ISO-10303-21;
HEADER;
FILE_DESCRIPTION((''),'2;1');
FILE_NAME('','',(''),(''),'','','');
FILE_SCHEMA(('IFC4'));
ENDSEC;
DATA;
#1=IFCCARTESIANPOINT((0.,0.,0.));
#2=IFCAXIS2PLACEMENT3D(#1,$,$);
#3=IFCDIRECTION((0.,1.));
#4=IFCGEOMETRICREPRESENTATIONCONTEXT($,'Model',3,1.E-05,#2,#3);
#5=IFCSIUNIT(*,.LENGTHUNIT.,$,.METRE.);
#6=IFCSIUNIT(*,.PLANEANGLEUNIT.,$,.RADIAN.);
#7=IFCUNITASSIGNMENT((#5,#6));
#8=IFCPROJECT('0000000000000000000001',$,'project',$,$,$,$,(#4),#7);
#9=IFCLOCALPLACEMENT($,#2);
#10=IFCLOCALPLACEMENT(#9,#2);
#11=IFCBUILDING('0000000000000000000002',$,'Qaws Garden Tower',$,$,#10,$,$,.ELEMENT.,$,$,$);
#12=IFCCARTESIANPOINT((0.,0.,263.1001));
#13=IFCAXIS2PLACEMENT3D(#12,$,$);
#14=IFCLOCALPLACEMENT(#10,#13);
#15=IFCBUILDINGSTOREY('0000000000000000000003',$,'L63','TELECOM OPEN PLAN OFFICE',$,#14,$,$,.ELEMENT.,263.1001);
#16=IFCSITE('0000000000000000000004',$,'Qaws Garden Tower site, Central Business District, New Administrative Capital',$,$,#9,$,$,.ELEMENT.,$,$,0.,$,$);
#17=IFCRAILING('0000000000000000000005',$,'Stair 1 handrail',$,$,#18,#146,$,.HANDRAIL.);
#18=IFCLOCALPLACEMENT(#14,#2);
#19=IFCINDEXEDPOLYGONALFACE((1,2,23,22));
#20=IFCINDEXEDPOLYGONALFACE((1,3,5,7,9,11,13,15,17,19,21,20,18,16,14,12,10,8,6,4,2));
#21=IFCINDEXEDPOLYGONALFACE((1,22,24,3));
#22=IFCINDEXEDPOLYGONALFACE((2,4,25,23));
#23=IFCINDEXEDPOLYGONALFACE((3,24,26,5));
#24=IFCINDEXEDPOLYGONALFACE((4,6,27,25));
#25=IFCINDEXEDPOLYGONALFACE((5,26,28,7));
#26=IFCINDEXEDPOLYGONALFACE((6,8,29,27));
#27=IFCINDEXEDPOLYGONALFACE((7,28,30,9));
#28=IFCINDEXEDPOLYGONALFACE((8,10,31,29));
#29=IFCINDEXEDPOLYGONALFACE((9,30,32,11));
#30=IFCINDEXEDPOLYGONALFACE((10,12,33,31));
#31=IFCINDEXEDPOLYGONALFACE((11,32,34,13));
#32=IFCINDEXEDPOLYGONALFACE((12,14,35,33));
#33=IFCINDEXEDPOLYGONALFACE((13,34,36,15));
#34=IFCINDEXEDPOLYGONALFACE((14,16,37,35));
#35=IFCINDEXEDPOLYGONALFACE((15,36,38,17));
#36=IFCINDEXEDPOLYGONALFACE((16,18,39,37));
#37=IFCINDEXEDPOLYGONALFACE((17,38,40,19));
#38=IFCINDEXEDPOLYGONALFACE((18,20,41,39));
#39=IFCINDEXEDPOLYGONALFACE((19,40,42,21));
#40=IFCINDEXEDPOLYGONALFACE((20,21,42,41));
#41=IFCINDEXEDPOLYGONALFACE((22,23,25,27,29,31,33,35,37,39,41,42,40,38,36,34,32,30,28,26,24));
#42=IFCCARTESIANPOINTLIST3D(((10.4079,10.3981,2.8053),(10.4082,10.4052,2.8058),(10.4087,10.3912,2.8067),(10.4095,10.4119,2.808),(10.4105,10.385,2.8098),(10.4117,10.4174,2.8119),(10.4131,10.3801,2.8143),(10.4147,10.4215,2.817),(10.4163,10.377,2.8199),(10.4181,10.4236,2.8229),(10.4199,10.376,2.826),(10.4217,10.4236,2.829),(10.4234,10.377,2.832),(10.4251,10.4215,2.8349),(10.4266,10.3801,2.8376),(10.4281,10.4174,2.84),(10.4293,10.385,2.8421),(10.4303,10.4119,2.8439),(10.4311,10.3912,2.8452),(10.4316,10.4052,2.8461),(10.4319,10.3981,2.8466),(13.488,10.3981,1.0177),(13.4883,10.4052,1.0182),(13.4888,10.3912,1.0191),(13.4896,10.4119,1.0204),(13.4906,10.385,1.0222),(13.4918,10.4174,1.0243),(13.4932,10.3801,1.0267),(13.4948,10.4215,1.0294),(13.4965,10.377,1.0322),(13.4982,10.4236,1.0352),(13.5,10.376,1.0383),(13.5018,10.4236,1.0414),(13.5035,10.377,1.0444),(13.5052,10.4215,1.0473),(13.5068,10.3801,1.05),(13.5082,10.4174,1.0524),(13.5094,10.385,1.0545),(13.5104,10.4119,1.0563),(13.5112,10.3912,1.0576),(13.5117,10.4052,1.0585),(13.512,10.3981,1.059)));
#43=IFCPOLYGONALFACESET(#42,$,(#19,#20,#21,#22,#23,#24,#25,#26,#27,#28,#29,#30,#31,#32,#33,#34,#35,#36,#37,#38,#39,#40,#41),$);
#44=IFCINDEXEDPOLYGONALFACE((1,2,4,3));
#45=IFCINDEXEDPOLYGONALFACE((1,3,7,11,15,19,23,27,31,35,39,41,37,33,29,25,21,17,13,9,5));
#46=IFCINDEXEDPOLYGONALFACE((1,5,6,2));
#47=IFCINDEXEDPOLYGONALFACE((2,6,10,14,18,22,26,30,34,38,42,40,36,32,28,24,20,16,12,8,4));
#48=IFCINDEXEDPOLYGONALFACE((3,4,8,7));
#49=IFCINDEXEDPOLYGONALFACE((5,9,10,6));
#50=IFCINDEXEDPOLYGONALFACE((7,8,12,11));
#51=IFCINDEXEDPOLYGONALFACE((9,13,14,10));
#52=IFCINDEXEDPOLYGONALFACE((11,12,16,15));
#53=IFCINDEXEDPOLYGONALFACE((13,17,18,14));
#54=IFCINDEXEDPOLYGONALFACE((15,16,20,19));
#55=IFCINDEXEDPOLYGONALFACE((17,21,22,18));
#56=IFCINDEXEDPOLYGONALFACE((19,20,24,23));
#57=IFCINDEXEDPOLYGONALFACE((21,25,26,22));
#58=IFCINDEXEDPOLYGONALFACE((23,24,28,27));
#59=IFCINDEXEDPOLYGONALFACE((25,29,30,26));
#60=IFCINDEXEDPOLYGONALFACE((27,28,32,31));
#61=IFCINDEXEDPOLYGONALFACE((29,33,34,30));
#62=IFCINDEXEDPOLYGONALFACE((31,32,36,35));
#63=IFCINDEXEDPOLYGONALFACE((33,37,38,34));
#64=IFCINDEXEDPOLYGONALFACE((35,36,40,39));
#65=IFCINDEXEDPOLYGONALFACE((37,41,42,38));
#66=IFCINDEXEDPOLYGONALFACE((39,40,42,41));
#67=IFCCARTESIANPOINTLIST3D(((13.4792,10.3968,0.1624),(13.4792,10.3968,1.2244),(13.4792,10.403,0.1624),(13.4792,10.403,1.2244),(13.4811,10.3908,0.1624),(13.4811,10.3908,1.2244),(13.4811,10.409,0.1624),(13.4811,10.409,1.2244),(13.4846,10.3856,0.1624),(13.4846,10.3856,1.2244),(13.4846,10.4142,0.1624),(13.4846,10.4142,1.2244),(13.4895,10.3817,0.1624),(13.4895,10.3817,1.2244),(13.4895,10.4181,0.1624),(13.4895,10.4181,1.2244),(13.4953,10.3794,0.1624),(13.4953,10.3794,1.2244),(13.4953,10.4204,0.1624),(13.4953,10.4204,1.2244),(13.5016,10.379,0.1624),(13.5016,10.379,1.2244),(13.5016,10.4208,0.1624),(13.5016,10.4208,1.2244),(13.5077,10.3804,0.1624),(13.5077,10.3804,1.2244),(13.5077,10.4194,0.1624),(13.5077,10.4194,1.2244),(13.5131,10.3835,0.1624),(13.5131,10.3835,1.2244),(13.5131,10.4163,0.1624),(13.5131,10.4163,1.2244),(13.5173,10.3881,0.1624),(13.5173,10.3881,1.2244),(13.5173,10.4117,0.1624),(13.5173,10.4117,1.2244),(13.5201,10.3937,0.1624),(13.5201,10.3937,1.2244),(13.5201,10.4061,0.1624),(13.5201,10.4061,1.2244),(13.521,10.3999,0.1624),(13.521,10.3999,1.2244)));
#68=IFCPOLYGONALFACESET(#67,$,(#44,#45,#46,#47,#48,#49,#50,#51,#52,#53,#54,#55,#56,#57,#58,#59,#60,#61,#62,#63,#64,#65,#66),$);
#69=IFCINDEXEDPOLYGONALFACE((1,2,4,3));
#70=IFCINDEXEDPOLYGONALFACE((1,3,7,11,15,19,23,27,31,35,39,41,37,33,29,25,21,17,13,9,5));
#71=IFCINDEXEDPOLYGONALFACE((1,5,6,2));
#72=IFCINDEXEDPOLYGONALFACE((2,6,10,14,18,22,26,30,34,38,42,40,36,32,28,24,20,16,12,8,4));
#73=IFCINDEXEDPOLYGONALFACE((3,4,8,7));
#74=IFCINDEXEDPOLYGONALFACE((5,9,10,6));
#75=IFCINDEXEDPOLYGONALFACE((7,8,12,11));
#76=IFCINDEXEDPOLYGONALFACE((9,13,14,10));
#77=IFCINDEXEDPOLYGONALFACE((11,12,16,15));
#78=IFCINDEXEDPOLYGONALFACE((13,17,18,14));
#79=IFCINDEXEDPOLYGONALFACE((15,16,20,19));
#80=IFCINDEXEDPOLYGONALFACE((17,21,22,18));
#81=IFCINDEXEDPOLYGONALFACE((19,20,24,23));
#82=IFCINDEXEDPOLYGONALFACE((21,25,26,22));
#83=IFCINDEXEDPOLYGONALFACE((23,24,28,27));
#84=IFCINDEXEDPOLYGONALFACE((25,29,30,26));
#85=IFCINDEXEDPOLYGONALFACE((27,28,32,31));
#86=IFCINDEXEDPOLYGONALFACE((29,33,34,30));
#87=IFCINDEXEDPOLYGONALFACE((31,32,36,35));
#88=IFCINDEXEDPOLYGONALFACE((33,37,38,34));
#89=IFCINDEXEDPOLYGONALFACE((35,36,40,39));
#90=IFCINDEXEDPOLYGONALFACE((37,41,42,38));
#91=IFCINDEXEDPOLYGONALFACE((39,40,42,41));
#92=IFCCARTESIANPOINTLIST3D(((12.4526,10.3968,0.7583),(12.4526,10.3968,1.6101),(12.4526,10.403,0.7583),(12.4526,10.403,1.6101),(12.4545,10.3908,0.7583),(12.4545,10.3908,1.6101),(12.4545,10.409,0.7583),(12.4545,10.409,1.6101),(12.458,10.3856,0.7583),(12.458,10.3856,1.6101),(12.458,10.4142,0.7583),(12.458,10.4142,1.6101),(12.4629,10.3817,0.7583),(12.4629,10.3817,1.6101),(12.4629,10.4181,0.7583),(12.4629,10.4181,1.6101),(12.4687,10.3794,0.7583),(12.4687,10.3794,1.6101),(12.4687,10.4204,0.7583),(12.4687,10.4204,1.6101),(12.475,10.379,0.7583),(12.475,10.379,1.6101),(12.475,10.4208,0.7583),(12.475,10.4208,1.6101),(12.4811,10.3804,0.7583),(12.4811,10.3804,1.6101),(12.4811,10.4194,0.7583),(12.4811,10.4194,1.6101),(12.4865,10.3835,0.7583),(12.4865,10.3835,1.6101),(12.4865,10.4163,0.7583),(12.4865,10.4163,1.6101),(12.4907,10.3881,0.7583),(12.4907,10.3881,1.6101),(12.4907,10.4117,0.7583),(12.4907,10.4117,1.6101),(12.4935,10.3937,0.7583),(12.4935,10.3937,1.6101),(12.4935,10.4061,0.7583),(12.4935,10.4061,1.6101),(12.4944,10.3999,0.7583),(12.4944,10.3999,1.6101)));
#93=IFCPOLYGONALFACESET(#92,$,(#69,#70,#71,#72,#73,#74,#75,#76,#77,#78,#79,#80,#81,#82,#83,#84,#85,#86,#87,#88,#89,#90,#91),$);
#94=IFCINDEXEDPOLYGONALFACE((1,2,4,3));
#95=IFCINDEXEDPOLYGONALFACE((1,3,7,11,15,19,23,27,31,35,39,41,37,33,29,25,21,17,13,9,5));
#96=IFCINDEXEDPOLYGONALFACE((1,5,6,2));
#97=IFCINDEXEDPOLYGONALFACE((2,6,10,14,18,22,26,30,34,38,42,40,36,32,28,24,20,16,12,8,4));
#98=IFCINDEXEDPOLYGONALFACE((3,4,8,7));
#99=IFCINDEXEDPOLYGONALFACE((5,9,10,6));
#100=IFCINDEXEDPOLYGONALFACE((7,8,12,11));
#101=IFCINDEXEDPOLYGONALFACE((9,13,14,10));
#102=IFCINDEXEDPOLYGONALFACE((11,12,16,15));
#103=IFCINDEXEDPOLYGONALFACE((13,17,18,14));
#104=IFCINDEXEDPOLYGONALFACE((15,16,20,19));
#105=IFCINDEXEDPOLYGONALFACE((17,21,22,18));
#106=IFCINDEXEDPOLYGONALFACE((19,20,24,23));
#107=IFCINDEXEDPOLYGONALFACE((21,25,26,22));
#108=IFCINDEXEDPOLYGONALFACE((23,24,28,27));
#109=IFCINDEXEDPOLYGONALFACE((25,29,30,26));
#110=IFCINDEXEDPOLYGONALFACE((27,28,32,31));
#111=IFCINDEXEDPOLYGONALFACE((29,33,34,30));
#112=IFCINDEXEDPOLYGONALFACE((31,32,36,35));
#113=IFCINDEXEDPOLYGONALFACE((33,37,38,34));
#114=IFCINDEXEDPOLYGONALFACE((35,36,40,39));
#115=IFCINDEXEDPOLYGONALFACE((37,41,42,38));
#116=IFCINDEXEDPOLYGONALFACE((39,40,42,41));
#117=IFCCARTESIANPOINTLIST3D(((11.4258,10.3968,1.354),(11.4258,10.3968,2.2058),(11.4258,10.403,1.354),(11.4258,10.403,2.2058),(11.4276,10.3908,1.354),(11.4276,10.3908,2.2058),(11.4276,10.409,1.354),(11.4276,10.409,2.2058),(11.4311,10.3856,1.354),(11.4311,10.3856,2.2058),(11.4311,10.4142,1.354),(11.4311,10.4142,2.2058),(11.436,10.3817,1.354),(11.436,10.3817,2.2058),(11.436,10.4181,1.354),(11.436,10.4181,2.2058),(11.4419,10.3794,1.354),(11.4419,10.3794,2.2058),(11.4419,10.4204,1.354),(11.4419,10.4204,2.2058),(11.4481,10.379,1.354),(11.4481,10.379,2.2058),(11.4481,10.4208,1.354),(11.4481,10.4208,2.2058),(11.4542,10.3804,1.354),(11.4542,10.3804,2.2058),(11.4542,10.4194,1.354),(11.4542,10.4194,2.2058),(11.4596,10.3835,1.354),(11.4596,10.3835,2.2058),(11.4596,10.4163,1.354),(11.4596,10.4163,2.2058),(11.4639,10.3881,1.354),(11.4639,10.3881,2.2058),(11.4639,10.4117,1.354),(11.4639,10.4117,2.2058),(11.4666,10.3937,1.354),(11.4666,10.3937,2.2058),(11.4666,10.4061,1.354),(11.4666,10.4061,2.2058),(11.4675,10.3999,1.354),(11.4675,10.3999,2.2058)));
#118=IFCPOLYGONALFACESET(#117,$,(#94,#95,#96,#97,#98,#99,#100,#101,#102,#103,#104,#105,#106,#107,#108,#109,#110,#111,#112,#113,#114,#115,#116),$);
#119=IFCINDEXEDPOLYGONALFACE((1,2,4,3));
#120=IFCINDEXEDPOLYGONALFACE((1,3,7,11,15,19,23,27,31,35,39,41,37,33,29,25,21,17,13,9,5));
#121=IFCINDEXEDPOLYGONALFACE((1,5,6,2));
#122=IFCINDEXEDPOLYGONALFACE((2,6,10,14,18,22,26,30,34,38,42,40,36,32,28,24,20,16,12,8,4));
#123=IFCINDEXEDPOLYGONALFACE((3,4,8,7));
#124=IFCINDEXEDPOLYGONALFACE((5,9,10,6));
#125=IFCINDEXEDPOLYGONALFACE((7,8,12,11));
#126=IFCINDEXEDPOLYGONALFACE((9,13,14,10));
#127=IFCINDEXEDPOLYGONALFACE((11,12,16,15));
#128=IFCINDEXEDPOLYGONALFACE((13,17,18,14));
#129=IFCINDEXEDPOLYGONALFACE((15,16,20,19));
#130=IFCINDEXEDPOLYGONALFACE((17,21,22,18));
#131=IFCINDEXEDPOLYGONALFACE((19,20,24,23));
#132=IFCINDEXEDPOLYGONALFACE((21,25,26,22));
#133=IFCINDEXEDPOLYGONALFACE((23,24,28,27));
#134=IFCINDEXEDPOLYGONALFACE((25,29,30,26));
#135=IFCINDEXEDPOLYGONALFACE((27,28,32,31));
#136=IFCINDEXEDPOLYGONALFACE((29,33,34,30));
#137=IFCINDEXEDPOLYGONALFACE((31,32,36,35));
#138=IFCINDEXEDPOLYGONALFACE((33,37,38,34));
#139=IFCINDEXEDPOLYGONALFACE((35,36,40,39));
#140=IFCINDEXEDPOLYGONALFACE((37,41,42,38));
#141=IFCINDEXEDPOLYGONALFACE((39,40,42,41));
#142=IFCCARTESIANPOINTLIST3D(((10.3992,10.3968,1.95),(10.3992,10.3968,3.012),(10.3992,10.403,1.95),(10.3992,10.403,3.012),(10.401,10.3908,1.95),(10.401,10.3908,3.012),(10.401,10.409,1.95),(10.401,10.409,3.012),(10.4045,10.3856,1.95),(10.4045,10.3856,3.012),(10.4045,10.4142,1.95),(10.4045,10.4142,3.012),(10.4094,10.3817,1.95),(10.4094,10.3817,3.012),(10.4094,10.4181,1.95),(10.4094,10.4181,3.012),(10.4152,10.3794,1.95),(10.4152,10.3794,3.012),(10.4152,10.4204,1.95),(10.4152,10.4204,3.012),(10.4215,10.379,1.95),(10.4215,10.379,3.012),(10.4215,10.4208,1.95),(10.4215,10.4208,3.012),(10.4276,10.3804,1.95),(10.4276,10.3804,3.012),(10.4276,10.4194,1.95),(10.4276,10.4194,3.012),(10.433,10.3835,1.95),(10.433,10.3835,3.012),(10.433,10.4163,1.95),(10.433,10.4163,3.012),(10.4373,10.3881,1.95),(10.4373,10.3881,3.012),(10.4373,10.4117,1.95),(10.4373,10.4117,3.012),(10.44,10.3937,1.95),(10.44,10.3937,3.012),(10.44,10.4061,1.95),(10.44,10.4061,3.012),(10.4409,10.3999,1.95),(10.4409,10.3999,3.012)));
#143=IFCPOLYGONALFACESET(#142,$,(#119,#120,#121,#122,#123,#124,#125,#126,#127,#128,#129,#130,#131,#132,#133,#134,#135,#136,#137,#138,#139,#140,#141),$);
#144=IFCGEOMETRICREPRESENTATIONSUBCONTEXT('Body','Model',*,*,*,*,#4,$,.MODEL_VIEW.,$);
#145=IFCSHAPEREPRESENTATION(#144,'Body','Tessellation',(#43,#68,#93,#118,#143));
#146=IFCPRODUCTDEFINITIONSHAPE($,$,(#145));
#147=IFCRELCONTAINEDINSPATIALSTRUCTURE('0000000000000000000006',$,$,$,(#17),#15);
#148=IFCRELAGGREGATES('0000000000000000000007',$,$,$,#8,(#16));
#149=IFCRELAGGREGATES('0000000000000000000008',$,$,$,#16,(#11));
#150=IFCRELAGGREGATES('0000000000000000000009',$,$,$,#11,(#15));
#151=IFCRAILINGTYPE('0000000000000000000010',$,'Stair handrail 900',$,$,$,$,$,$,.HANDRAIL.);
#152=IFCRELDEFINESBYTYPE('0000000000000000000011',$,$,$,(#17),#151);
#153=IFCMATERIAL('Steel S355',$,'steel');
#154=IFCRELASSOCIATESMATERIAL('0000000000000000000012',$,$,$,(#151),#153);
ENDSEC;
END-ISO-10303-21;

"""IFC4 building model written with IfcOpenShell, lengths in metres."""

from ifc_helpers import new_model, si_unit, direction, frame, origin, origin_2d, place, context, subcontext, project, spatial, circle, extrude, material, type_object, element, save


model = new_model("IFC4")

# Units and contexts
model_context = context("Model", 3, precision=1e-05, world=origin(), true_north=direction((0.0, 1.0)))
body_context = subcontext(model_context, "Body", "Model", "MODEL_VIEW")
ifc_project = project(units=[si_unit("LENGTHUNIT", "METRE"), si_unit("PLANEANGLEUNIT", "RADIAN")], contexts=[model_context])

# Site, building, storey
site_placement = place(None, origin())
site = spatial("IfcSite", under=ifc_project, at=site_placement, Name="Qaws Garden Tower site, Central Business District, New Administrative Capital", CompositionType="ELEMENT", RefElevation=0.0)
building_placement = place(site_placement, origin())
building = spatial("IfcBuilding", under=site, at=building_placement, Name="Qaws Garden Tower", CompositionType="ELEMENT")
storey_placement = place(building_placement, frame((0.0, 0.0, 263.1001)))
storey = spatial("IfcBuildingStorey", under=building, at=storey_placement, Name="L63", Description="TELECOM OPEN PLAN OFFICE", CompositionType="ELEMENT", Elevation=263.1001)

# Railing
ifc_material_1 = material(Name="Steel S355", Category="steel")
railing_type = type_object("IfcRailingType", Name="Stair handrail 900", PredefinedType="HANDRAIL", material=ifc_material_1)
railing_placement = place(storey_placement, frame((13.5, 10.3999, 0.1624)))
element("IfcRailing", 1, at=railing_placement, inside=storey, type_object=railing_type, Name="Stair 1 handrail", PredefinedType="HANDRAIL", context=body_context, shape_type="SweptSolid", body=[
    extrude(circle(Radius=0.0239, at=origin_2d()), frame((0.0, 0.0, 0.876), z_axis=(-0.864891, 0.0, 0.50196), x_axis=(0.0, -1.0, 0.0)), (0.0, 0.0, 1.0), 3.5613),
    extrude(circle(Radius=0.021, at=origin_2d()), origin(), (0.0, 0.0, 1.0), 1.062),
    extrude(circle(Radius=0.021, at=origin_2d()), frame((-1.0266, 0.0, 0.5959)), (0.0, 0.0, 1.0), 0.8518),
    extrude(circle(Radius=0.021, at=origin_2d()), frame((-2.0535, 0.0, 1.1917)), (0.0, 0.0, 1.0), 0.8518),
    extrude(circle(Radius=0.021, at=origin_2d()), frame((-3.0801, 0.0, 1.7876)), (0.0, 0.0, 1.0), 1.062),
])

save(model, "model.ifc")
